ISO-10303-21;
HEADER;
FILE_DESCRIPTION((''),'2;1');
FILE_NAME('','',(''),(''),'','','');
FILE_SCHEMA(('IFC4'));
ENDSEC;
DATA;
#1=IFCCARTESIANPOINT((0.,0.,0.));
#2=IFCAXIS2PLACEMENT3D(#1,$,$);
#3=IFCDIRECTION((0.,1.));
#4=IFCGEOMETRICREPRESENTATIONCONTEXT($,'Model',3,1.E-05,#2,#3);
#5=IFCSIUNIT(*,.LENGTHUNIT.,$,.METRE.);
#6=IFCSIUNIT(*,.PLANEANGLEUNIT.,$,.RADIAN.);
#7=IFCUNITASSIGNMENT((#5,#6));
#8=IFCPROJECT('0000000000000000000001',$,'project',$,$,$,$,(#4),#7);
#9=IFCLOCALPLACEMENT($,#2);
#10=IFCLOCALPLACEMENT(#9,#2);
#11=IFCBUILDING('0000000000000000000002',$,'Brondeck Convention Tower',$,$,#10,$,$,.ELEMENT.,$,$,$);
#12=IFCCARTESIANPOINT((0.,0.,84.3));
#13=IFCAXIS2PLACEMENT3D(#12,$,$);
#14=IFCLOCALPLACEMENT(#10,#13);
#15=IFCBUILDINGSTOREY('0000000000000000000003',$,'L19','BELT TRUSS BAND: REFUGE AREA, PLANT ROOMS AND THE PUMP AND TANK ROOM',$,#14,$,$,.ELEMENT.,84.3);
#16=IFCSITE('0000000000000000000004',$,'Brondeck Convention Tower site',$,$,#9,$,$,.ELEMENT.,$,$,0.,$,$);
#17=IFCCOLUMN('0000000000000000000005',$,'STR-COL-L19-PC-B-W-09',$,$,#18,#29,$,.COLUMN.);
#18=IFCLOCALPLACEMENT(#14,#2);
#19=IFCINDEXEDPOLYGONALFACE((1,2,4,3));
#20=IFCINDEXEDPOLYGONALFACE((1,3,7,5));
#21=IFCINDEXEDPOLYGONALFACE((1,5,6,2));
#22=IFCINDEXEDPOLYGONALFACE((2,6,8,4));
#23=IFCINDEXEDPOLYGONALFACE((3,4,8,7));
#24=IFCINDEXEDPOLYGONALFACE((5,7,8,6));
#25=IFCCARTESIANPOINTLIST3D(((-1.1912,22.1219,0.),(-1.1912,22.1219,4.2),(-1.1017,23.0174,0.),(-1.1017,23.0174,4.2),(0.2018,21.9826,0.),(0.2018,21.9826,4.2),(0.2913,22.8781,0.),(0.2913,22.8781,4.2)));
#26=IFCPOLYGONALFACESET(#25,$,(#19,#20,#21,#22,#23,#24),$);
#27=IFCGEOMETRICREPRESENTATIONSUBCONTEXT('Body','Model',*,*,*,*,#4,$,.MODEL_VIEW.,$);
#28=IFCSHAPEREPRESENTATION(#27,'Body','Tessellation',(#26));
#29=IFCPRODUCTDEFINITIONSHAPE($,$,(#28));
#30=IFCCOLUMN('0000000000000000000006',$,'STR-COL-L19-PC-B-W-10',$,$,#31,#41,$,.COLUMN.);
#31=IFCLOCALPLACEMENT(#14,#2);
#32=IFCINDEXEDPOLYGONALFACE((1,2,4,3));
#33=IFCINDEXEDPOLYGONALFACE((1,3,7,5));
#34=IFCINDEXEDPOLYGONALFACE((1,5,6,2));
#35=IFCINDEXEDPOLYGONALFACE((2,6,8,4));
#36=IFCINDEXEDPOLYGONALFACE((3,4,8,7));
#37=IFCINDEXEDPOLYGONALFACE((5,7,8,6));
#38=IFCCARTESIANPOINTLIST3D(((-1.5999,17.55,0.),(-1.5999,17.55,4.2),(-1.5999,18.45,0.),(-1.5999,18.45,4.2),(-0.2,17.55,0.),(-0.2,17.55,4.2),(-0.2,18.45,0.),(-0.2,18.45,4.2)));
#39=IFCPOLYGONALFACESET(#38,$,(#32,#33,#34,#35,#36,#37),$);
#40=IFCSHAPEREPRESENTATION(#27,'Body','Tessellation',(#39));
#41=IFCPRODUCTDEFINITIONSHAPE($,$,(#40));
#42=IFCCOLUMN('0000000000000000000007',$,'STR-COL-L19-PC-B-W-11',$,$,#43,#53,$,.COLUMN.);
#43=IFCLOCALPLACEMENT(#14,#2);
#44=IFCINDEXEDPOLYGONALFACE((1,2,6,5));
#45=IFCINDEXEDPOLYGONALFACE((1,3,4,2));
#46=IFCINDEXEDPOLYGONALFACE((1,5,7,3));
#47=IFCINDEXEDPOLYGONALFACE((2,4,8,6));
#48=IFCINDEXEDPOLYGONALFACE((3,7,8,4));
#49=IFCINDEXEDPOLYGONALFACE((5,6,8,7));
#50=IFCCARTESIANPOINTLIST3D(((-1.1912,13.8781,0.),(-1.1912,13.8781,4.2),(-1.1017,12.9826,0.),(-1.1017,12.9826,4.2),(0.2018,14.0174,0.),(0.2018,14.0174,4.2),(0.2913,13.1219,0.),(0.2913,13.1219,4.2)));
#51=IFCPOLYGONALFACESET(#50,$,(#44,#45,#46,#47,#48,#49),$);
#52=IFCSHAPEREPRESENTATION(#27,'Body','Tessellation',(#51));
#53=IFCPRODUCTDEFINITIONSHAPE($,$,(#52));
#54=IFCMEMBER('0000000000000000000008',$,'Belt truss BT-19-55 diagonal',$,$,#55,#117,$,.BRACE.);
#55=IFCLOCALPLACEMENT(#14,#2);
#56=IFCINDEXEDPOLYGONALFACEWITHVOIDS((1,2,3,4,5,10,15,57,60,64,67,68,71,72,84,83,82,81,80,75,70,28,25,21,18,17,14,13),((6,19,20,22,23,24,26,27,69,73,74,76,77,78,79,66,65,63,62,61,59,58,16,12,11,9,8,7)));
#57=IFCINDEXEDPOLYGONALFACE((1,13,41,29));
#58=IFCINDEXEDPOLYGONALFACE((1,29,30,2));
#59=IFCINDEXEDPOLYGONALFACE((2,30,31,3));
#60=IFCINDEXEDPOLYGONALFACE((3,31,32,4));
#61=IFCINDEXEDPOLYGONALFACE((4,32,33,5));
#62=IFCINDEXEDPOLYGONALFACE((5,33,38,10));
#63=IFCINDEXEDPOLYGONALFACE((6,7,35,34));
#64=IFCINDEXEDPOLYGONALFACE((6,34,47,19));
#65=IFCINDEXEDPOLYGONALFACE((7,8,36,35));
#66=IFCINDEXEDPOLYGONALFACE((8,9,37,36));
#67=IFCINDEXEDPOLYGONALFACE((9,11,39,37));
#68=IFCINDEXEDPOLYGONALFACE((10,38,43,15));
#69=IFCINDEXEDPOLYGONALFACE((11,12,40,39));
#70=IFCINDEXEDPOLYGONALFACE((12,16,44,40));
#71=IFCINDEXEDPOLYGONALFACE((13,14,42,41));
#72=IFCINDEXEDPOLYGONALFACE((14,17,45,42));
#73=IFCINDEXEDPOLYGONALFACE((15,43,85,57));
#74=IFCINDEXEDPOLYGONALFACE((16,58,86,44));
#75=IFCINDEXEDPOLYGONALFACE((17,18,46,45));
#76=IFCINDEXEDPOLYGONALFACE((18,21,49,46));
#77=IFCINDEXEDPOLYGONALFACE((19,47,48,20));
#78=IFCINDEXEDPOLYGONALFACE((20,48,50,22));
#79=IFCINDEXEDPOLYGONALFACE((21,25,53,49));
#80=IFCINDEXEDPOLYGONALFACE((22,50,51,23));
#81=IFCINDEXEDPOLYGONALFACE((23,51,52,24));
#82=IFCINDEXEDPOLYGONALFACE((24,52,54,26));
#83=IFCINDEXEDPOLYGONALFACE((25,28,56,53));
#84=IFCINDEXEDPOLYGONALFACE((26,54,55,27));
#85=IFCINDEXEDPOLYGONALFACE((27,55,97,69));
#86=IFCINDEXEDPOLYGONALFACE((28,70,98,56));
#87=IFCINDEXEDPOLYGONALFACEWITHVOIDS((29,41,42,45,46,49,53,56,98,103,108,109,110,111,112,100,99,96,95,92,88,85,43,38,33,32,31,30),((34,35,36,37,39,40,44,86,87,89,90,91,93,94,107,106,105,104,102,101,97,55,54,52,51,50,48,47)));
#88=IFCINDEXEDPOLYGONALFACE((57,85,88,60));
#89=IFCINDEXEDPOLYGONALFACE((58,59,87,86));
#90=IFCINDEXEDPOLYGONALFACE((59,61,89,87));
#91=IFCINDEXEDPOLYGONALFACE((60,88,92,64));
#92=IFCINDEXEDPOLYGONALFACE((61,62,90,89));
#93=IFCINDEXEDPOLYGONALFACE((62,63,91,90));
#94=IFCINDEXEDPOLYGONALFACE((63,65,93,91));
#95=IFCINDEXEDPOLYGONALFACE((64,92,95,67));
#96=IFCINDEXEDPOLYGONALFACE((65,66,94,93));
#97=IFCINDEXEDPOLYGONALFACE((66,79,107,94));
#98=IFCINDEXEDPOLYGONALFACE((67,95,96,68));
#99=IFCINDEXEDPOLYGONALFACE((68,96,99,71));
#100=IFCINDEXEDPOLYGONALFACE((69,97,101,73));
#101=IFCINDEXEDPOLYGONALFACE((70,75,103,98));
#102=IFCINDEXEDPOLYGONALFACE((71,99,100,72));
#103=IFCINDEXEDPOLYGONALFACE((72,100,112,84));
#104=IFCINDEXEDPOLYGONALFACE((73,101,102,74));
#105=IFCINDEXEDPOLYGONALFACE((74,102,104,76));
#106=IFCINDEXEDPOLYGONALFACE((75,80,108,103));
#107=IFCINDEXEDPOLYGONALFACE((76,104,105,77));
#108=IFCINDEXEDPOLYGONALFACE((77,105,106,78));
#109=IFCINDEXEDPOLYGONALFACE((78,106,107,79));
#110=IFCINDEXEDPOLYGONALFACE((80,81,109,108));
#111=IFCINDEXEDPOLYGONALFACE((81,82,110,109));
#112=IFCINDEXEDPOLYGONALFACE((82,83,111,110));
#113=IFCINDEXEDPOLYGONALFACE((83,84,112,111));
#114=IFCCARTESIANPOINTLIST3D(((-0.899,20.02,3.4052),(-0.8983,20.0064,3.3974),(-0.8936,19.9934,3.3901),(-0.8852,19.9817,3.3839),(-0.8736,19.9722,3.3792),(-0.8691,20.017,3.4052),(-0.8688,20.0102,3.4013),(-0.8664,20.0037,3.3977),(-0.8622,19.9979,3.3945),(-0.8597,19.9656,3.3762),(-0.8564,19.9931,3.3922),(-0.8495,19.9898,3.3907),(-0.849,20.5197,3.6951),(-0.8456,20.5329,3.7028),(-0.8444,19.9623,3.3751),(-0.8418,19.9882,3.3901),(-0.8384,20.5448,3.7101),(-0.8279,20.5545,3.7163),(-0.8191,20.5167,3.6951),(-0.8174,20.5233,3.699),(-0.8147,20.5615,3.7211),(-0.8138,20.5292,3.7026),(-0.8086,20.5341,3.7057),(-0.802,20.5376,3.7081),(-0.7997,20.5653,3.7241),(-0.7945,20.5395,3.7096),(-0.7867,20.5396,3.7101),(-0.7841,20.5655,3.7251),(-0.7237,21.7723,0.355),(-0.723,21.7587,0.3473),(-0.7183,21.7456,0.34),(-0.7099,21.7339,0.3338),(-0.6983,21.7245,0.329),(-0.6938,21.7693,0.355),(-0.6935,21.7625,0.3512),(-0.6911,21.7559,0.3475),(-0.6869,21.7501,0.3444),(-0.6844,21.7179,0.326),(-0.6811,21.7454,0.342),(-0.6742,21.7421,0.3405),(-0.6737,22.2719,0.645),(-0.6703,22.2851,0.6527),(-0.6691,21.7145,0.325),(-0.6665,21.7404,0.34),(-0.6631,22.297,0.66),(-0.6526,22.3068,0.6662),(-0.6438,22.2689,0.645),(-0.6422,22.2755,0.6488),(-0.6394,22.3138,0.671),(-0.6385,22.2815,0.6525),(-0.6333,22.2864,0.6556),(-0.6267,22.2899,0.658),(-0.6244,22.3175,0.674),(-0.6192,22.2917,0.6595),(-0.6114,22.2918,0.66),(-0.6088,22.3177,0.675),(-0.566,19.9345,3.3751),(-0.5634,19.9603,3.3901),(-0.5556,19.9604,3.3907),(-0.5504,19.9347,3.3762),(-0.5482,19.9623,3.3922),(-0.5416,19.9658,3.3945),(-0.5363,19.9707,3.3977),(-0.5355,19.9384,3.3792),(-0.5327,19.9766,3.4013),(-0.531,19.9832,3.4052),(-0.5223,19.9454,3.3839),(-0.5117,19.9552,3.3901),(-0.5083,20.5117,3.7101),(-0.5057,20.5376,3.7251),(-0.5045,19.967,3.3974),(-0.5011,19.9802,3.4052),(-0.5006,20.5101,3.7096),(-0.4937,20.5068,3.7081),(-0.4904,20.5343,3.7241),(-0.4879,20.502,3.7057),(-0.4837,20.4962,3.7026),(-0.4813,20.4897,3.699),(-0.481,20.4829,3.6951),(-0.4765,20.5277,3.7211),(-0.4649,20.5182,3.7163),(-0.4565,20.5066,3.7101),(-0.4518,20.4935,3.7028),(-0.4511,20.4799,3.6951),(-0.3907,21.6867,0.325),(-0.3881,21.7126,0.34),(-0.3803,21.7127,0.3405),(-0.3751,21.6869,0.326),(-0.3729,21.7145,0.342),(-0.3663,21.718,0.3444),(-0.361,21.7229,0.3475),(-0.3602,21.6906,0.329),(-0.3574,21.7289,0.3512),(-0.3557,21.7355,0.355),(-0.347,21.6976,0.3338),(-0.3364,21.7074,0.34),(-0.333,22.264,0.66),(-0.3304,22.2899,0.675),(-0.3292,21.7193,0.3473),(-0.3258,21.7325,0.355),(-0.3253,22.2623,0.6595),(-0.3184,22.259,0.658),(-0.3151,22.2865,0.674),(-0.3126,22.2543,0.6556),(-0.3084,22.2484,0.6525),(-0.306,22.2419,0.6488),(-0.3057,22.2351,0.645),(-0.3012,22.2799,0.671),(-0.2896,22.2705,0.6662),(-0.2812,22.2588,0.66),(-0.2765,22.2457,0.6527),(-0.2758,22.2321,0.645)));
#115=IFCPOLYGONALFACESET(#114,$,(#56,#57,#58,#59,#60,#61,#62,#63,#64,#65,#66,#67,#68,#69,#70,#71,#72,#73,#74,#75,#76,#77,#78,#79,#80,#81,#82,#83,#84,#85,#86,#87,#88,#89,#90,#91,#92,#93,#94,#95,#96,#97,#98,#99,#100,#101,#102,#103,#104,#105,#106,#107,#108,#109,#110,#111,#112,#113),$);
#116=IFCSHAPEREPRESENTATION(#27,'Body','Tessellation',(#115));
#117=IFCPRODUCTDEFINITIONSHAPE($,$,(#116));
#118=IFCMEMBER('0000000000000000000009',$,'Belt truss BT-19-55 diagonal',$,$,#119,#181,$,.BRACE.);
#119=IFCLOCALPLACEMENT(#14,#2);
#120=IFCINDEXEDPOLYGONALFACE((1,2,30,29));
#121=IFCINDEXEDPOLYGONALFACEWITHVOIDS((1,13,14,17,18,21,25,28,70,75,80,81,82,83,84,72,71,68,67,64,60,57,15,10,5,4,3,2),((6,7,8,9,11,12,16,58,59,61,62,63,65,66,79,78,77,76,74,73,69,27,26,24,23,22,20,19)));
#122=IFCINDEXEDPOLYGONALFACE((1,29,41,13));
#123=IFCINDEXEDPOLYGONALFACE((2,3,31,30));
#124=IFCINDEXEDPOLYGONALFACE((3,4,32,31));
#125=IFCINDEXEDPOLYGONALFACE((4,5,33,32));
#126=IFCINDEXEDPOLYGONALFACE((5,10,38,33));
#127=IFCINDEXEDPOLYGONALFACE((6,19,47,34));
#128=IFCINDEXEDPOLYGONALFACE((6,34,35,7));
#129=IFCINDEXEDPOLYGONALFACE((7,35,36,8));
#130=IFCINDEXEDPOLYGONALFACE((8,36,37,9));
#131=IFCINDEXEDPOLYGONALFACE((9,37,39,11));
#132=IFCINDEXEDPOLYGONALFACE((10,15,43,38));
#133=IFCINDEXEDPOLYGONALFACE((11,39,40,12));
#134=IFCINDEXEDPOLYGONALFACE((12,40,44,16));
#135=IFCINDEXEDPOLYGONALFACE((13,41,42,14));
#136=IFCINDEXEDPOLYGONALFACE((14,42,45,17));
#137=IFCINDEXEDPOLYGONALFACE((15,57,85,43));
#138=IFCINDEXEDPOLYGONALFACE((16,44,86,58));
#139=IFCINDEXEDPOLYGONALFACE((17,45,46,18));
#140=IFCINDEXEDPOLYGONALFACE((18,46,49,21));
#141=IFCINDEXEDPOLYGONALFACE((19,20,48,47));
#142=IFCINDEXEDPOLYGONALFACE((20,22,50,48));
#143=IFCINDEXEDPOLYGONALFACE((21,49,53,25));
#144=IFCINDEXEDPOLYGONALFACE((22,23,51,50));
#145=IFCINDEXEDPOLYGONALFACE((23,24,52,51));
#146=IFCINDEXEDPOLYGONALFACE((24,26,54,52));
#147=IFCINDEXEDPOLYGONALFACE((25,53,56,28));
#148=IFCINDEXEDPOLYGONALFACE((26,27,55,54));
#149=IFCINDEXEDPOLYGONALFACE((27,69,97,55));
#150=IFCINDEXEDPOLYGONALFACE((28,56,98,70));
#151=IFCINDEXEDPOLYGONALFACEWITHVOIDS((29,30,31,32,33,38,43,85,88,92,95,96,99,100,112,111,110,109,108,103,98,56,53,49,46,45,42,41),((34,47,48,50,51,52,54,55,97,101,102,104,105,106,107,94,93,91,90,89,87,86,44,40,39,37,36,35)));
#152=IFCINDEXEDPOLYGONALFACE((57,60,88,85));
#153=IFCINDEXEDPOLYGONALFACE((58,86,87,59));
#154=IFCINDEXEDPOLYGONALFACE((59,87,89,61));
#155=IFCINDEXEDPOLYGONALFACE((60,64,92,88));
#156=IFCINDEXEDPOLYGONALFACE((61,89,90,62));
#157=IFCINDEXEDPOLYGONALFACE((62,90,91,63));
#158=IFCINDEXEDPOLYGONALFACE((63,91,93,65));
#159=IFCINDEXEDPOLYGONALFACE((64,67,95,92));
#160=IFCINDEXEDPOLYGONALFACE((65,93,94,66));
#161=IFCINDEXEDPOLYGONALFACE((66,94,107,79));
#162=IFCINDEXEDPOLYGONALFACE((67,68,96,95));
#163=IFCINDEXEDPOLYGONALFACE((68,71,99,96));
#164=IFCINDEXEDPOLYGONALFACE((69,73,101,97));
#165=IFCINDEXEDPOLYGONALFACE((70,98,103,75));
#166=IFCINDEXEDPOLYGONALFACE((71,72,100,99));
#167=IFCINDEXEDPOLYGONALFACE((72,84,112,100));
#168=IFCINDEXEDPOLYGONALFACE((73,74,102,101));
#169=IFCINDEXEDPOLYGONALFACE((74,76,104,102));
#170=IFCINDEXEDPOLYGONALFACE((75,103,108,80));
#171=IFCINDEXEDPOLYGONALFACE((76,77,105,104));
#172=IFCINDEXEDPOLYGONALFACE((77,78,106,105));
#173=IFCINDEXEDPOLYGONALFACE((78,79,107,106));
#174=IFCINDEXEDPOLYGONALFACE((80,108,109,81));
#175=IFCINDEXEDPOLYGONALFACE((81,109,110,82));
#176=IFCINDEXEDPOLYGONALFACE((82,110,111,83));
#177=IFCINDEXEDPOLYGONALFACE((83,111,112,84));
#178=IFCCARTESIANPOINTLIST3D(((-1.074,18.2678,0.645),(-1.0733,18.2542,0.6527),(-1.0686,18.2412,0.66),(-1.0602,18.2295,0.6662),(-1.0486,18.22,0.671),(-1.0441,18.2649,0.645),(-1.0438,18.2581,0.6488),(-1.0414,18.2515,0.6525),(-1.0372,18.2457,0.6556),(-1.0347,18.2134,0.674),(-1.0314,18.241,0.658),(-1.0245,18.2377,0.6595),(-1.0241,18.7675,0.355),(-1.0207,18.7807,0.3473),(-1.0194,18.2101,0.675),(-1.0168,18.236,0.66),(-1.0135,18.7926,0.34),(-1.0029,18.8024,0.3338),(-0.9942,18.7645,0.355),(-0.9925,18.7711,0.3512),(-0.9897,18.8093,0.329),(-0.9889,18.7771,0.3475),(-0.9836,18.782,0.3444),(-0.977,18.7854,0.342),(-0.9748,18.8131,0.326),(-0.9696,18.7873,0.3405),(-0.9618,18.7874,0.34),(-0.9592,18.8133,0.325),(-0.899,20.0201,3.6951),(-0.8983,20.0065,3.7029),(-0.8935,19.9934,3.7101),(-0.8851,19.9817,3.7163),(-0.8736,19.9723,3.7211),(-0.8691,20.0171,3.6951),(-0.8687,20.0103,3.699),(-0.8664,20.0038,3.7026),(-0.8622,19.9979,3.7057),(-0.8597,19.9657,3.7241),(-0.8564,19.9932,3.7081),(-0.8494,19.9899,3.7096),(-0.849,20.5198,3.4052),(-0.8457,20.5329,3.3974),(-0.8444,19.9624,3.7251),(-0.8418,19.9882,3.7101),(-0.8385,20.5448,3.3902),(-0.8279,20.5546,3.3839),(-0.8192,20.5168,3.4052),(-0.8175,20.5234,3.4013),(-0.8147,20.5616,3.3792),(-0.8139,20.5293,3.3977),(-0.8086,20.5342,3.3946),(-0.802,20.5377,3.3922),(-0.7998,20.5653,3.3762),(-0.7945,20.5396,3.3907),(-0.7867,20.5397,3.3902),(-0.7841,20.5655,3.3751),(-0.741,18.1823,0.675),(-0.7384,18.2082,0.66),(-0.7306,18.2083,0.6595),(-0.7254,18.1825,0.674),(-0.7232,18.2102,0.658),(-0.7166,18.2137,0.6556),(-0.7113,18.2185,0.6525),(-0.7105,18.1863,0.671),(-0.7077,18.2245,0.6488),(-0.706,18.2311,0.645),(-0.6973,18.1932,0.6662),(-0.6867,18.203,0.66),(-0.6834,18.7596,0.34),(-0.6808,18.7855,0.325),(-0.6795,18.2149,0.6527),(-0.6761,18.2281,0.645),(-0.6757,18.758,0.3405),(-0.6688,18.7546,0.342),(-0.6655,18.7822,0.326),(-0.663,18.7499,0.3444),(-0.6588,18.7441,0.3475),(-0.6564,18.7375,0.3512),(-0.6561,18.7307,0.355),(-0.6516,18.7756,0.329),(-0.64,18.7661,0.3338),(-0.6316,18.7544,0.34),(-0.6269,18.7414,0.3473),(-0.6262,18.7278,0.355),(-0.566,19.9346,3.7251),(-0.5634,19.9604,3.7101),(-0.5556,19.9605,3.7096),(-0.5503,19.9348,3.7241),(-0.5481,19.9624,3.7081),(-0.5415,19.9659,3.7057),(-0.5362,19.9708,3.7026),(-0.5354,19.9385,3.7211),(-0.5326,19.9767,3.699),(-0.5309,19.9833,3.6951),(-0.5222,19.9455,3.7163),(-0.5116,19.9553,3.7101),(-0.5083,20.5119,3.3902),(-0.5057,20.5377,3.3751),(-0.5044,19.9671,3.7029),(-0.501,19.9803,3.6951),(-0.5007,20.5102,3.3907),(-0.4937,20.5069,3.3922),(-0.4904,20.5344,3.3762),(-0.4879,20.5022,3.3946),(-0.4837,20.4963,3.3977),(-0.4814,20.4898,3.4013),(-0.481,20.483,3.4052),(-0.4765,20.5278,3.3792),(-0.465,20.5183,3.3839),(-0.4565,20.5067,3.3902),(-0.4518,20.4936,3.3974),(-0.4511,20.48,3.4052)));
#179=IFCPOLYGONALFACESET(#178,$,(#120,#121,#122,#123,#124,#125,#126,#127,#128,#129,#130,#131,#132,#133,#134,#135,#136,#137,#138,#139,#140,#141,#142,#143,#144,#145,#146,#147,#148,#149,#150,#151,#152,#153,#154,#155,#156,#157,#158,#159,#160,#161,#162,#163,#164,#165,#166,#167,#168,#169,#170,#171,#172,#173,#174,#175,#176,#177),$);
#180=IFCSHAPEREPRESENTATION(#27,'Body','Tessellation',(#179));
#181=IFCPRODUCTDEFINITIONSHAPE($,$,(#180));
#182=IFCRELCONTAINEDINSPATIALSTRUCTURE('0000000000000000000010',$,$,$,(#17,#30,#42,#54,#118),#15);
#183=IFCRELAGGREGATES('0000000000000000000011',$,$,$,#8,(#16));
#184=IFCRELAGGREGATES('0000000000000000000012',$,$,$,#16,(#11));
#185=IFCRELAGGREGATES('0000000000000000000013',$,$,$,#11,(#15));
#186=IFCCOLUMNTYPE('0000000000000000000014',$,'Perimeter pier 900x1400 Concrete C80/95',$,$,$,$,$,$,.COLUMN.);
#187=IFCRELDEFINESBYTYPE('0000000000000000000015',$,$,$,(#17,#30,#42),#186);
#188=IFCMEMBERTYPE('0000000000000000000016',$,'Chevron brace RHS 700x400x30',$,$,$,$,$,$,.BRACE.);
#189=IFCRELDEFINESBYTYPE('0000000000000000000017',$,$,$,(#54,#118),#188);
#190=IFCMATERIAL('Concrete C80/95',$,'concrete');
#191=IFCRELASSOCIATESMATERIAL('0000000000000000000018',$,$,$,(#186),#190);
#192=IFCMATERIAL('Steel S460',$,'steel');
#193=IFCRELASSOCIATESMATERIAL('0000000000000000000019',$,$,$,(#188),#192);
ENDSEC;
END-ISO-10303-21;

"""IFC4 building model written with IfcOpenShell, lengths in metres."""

from ifc_helpers import new_model, si_unit, direction, frame, origin, origin_2d, place, context, subcontext, project, spatial, rectangle, hollow_rectangle, extrude, material, material_profile, profile_set, type_object, element, save


model = new_model("IFC4")

# Units and contexts
model_context = context("Model", 3, precision=1e-05, world=origin(), true_north=direction((0.0, 1.0)))
body_context = subcontext(model_context, "Body", "Model", "MODEL_VIEW")
ifc_project = project(units=[si_unit("LENGTHUNIT", "METRE"), si_unit("PLANEANGLEUNIT", "RADIAN")], contexts=[model_context])

# Site, building, storey
site_placement = place(None, origin())
site = spatial("IfcSite", under=ifc_project, at=site_placement, Name="Brondeck Convention Tower site", CompositionType="ELEMENT", RefElevation=0.0)
building_placement = place(site_placement, origin())
building = spatial("IfcBuilding", under=site, at=building_placement, Name="Brondeck Convention Tower", CompositionType="ELEMENT")
storey_placement = place(building_placement, frame((0.0, 0.0, 84.3)))
storey = spatial("IfcBuildingStorey", under=building, at=storey_placement, Name="L19", Description="BELT TRUSS BAND: REFUGE AREA, PLANT ROOMS AND THE PUMP AND TANK ROOM", CompositionType="ELEMENT", Elevation=84.3)

# Columns
ifc_material_1 = material(Name="Concrete C80/95", Category="concrete")
ifc_material_profile_1 = material_profile(ifc_material_1, rectangle(XDim=0.8999, YDim=1.3999, at=origin_2d()), Name="Perimeter pier 900x1400 Concrete C80/95")
ifc_profile_set_1 = profile_set([ifc_material_profile_1], Name="Concrete C80/95")
column_type = type_object("IfcColumnType", Name="Perimeter pier 900x1400 Concrete C80/95", PredefinedType="COLUMN", material=ifc_profile_set_1)
for number, where, z_axis, x_axis, name in (
    (1, (-0.45, 22.5, 0.0), (0.0, 0.0, 1.0), (-0.099504, -0.995037, 0.0), "STR-COL-L19-PC-B-W-09"),
    (2, (-0.8999, 18.0, 0.0), (0.0, 0.0, 1.0), (0.0, -1.0, 0.0), "STR-COL-L19-PC-B-W-10"),
    (3, (-0.45, 13.5, 0.0), (0.0, 0.0, 1.0), (0.099504, -0.995037, 0.0), "STR-COL-L19-PC-B-W-11"),
):
    element("IfcColumn", number, at=place(storey_placement, frame(where, z_axis=z_axis, x_axis=x_axis)), inside=storey, type_object=column_type, Name=name, PredefinedType="COLUMN", context=body_context, shape_type="SweptSolid", body=[
        extrude(rectangle(XDim=0.8999, YDim=1.3999, at=origin_2d()), origin(), (0.0, 0.0, 1.0), 4.2),
    ])

# Members
ifc_material_2 = material(Name="Steel S460", Category="steel")
ifc_material_profile_2 = material_profile(ifc_material_2, hollow_rectangle(XDim=0.3999, YDim=0.7, WallThickness=0.03, InnerFilletRadius=0.03, OuterFilletRadius=0.0601, at=origin_2d()), Name="RHS 700x400x30")
ifc_profile_set_2 = profile_set([ifc_material_profile_2], Name="Steel S460")
member_type_1 = type_object("IfcMemberType", Name="Chevron brace RHS 700x400x30", PredefinedType="BRACE", material=ifc_profile_set_2)
for number, where, z_axis, x_axis, name in (
    (4, (-0.4998, 22.0022, 0.5), (-0.049772, -0.497516, 0.866026), (0.995033, -0.099545, 0.0), "Belt truss BT-19-55 diagonal"),
    (5, (-0.8501, 18.4978, 0.5), (0.049703, 0.497518, 0.866029), (-0.995047, 0.099408, 0.0), "Belt truss BT-19-55 diagonal"),
):
    element("IfcMember", number, at=place(storey_placement, frame(where, z_axis=z_axis, x_axis=x_axis)), inside=storey, type_object=member_type_1, Name=name, PredefinedType="BRACE", context=body_context, shape_type="SweptSolid", body=[
        extrude(hollow_rectangle(XDim=0.3999, YDim=0.7, WallThickness=0.03, InnerFilletRadius=0.03, OuterFilletRadius=0.0601, at=origin_2d()), origin(), (0.0, 0.0, 1.0), 3.522),
    ])

save(model, "model.ifc")
